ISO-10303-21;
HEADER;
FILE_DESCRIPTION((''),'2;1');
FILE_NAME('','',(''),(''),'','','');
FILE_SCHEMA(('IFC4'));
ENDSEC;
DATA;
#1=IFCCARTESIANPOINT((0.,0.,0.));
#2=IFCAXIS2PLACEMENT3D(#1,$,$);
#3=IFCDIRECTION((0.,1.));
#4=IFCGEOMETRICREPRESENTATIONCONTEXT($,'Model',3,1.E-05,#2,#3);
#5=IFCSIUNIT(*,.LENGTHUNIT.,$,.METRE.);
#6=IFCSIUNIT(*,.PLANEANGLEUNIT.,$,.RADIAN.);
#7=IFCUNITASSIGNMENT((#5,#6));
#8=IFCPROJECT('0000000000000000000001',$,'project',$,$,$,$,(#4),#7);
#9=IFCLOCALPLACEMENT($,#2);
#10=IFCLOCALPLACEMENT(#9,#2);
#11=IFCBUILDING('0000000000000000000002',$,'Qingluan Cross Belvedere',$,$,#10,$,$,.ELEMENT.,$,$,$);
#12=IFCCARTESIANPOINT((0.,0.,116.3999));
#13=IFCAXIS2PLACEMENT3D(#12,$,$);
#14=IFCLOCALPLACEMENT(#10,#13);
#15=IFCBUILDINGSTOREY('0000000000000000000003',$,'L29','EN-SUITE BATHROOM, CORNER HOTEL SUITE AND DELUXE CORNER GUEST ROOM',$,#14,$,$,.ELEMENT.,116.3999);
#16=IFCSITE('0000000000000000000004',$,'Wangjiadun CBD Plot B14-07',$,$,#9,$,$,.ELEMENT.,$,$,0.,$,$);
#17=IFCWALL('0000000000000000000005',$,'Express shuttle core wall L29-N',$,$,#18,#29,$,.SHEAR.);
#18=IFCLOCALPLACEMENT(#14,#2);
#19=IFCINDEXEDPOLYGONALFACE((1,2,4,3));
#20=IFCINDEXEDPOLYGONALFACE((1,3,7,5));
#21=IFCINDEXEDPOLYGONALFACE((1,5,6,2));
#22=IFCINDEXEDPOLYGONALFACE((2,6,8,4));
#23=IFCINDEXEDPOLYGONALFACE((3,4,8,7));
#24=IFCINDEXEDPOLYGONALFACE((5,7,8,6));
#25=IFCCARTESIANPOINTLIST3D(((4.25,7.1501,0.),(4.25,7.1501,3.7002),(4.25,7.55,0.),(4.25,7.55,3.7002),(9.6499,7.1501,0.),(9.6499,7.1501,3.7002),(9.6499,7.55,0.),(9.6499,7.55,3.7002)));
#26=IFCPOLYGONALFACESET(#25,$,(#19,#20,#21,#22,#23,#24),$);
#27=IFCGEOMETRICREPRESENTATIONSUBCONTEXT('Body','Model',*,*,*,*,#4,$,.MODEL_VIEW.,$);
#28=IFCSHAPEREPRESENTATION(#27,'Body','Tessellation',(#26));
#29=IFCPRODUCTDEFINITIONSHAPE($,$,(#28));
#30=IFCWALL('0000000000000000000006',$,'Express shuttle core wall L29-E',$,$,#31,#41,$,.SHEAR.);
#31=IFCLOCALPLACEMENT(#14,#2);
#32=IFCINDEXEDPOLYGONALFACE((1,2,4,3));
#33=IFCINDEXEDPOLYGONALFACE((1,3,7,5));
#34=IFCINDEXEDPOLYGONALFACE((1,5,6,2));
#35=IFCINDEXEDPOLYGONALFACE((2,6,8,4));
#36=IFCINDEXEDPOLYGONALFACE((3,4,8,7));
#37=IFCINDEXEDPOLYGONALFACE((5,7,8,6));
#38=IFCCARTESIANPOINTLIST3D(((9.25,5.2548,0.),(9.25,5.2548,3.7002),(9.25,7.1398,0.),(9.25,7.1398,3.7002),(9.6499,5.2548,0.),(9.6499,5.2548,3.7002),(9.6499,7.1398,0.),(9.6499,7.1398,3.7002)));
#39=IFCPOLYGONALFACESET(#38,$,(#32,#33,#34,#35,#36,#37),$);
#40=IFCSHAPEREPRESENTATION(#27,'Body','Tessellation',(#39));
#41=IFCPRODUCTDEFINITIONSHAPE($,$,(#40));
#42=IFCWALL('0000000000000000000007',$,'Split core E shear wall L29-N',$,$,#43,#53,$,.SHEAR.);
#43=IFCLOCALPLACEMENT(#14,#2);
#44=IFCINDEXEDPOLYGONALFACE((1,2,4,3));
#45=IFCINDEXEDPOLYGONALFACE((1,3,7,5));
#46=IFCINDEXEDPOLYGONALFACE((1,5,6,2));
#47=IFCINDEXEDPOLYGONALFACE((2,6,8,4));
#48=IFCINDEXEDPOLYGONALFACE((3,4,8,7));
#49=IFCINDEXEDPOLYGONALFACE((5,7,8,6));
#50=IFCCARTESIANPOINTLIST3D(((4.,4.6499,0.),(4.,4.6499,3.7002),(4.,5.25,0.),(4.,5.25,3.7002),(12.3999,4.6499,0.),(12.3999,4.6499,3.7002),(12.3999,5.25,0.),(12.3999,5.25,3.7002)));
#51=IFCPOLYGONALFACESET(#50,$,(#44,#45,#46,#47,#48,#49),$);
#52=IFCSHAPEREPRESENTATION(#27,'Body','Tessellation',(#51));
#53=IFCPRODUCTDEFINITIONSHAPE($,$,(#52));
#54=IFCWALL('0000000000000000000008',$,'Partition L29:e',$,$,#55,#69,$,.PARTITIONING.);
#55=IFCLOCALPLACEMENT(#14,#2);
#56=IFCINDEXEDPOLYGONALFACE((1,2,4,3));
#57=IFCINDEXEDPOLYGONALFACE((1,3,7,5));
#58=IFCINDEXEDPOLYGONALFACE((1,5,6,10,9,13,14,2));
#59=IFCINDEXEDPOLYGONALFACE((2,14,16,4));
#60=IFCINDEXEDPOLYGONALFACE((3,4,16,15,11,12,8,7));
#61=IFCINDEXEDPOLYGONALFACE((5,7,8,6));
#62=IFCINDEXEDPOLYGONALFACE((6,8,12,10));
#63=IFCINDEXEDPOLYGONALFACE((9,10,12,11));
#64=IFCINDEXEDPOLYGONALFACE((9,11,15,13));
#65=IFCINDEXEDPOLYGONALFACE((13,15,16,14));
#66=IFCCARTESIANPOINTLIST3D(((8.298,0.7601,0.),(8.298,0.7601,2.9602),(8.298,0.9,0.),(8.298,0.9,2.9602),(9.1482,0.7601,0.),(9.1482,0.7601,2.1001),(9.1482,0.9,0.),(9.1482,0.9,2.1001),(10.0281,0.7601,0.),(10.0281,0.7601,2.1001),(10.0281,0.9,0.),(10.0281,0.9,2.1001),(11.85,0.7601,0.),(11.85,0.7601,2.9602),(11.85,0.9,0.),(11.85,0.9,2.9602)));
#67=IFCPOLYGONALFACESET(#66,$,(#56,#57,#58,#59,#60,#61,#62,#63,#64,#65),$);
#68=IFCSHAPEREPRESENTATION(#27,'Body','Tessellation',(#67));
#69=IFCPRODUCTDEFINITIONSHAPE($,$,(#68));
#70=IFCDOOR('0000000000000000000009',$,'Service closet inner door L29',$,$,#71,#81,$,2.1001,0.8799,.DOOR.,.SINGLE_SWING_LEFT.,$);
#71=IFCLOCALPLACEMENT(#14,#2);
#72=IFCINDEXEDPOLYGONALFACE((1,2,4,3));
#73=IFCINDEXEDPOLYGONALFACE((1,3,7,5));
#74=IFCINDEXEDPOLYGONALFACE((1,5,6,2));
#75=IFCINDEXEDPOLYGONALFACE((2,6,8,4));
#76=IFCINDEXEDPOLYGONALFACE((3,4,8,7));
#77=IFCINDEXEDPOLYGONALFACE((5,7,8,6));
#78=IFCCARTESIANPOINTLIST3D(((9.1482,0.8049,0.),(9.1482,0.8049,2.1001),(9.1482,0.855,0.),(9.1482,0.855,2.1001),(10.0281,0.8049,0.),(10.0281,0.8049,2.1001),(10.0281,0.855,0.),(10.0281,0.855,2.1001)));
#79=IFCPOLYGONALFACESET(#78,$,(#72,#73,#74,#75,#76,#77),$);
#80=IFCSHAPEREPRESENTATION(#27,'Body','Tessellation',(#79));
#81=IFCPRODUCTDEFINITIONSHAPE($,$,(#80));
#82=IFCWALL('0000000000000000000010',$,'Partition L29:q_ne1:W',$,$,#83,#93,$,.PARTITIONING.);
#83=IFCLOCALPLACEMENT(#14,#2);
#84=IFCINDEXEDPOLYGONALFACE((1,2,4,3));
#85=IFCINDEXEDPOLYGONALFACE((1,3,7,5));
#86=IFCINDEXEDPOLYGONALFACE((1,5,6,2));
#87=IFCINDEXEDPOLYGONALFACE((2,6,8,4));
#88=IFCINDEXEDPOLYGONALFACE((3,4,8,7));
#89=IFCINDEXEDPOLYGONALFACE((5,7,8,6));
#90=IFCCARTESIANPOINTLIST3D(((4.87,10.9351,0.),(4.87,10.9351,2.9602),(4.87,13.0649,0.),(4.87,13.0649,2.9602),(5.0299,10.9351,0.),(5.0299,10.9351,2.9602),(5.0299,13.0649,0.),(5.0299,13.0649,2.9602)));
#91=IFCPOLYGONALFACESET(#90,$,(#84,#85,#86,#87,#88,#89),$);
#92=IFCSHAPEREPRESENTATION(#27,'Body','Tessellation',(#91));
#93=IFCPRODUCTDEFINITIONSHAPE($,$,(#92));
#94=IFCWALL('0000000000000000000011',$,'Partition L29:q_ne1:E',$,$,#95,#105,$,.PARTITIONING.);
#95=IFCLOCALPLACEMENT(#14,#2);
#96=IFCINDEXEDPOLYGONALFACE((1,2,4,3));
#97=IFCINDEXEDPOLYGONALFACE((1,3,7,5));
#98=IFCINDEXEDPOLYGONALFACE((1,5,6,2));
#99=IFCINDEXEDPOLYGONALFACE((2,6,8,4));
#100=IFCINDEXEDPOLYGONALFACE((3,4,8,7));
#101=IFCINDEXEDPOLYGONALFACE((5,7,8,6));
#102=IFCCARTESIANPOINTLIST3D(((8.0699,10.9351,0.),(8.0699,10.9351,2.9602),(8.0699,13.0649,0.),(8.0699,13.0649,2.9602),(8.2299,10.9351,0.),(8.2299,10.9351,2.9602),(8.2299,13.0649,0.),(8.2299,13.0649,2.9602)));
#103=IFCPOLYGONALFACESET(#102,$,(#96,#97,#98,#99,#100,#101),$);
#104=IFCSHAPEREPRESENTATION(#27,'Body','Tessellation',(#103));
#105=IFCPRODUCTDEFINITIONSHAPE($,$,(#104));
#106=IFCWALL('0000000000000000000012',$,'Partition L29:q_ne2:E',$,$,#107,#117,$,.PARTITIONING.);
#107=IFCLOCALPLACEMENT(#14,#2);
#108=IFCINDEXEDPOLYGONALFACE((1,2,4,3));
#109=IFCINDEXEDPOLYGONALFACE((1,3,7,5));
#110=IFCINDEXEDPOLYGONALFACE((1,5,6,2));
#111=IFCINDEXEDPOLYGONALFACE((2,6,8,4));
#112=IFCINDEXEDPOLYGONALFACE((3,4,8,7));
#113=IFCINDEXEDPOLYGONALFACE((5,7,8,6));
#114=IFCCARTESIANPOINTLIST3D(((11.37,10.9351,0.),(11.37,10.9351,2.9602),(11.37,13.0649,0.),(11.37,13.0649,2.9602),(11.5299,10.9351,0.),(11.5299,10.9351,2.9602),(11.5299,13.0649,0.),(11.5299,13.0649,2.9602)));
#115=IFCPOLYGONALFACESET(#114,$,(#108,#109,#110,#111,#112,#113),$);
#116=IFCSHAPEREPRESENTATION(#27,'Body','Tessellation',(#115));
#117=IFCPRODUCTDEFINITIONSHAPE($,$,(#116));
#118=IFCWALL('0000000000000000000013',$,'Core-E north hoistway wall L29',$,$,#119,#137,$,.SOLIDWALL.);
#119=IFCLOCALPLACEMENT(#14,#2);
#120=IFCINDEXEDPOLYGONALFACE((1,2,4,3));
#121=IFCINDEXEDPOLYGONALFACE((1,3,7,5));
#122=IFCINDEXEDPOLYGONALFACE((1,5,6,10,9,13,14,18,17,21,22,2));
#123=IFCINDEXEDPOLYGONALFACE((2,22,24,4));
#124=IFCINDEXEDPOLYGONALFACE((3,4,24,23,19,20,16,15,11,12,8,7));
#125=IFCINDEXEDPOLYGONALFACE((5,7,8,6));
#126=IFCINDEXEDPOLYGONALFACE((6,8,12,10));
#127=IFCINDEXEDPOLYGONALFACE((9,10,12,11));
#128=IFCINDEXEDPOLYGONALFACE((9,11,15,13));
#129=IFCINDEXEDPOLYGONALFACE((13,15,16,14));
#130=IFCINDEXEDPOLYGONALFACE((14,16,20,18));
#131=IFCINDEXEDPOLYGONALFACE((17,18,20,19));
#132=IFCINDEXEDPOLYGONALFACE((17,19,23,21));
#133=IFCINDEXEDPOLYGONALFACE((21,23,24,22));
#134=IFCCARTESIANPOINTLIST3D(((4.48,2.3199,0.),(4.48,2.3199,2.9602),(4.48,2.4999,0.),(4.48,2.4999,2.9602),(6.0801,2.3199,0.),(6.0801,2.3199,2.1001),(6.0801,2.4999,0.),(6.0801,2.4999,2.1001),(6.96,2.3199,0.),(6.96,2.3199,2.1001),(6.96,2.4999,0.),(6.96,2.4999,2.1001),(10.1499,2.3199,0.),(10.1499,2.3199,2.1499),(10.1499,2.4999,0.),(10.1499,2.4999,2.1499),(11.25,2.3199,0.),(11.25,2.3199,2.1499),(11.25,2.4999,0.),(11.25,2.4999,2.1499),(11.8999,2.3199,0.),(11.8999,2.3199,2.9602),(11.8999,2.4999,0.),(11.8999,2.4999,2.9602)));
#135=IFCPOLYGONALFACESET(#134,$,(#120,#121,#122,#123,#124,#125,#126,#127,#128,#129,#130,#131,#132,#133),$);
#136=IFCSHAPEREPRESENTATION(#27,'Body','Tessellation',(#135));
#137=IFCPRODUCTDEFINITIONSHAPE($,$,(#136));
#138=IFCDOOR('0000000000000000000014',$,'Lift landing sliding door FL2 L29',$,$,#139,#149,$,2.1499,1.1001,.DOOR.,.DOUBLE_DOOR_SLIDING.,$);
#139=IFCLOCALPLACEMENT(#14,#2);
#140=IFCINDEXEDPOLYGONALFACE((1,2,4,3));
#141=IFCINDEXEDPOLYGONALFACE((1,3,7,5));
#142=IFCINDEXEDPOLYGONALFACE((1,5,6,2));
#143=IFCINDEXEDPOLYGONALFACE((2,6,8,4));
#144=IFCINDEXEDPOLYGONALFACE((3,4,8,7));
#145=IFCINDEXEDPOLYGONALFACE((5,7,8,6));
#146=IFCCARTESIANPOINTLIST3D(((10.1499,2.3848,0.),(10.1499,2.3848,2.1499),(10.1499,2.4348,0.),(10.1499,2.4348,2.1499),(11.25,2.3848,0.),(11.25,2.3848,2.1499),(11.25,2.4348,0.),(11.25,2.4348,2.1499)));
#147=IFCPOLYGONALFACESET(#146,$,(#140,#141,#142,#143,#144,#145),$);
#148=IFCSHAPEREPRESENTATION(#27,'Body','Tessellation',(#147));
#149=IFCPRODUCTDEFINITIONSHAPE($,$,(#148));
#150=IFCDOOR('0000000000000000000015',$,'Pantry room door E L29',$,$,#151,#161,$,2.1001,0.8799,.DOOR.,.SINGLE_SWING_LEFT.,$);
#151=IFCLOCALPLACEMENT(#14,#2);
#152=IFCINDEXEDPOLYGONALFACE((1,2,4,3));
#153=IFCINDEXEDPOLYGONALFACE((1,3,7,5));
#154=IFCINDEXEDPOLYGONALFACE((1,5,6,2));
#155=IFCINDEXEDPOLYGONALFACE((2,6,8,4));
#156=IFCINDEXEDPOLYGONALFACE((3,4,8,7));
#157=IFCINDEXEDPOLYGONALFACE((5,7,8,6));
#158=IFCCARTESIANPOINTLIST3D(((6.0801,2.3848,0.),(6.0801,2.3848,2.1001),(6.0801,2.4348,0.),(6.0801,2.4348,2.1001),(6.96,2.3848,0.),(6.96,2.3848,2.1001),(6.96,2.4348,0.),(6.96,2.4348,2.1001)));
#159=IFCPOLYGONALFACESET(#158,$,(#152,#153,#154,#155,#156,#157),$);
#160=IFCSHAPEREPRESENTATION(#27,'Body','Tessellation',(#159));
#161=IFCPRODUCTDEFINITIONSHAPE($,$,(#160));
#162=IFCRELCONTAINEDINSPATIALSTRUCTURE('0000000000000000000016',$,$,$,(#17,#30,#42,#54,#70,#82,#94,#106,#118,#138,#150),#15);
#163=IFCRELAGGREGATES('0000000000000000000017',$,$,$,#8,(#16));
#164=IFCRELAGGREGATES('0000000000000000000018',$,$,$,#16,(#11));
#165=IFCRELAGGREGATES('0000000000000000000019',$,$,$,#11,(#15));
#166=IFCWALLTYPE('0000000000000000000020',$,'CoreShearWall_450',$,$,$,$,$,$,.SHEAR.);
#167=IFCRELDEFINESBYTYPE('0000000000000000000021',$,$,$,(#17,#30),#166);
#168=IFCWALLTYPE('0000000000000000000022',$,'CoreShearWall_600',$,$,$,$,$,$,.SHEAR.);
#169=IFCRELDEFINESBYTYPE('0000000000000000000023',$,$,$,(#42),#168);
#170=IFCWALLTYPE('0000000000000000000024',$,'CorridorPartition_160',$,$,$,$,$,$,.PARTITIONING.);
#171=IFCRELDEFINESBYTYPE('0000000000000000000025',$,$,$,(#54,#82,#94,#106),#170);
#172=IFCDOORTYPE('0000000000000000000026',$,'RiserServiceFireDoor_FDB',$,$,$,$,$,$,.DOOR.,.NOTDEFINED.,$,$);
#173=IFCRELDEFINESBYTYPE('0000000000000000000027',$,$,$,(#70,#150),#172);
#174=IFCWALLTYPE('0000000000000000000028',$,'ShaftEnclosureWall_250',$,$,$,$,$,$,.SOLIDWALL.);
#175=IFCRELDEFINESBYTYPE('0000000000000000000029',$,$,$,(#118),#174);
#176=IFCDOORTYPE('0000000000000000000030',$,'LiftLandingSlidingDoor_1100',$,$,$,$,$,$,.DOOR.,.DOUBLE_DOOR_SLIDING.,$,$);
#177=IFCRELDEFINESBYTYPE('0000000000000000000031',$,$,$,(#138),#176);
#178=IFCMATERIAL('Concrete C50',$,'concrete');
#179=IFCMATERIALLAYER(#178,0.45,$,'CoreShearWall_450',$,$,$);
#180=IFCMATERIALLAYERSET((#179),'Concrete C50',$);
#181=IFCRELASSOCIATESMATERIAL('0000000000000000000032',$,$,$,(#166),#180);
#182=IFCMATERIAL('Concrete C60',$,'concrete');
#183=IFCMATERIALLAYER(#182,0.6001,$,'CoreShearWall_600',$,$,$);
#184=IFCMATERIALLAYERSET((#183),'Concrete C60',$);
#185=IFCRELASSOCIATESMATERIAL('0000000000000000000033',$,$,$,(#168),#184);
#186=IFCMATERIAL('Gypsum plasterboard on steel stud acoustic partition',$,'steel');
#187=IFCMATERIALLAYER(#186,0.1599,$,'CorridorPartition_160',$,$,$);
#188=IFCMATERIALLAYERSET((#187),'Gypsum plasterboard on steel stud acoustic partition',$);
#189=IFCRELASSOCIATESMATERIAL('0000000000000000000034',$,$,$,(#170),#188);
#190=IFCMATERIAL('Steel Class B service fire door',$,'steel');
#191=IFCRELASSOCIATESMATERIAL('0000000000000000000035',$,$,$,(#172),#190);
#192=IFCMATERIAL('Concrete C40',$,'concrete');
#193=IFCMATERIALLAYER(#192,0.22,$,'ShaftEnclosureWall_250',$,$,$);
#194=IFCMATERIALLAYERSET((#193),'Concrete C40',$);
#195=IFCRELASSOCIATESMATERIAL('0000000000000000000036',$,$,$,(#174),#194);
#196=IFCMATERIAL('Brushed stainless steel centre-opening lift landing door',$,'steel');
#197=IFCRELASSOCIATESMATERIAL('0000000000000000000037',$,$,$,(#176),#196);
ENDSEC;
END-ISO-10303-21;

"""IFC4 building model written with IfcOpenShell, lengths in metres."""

from ifc_helpers import new_model, si_unit, direction, frame, frame_2d, origin, place, context, subcontext, project, spatial, rectangle, extrude, material, layer, layer_set, type_object, element, fill, save


model = new_model("IFC4")

# Units and contexts
model_context = context("Model", 3, precision=1e-05, world=origin(), true_north=direction((0.0, 1.0)))
body_context = subcontext(model_context, "Body", "Model", "MODEL_VIEW")
ifc_project = project(units=[si_unit("LENGTHUNIT", "METRE"), si_unit("PLANEANGLEUNIT", "RADIAN")], contexts=[model_context])

# Site, building, storey
site_placement = place(None, origin())
site = spatial("IfcSite", under=ifc_project, at=site_placement, Name="Wangjiadun CBD Plot B14-07", CompositionType="ELEMENT", RefElevation=0.0)
building_placement = place(site_placement, origin())
building = spatial("IfcBuilding", under=site, at=building_placement, Name="Qingluan Cross Belvedere", CompositionType="ELEMENT")
storey_placement = place(building_placement, frame((0.0, 0.0, 116.3999)))
storey = spatial("IfcBuildingStorey", under=building, at=storey_placement, Name="L29", Description="EN-SUITE BATHROOM, CORNER HOTEL SUITE AND DELUXE CORNER GUEST ROOM", CompositionType="ELEMENT", Elevation=116.3999)

# Walls
ifc_material_1 = material(Name="Concrete C50", Category="concrete")
ifc_layer_1 = layer(ifc_material_1, 0.45, Name="CoreShearWall_450")
ifc_layer_set_1 = layer_set([ifc_layer_1], Name="Concrete C50")
wall_type_1 = type_object("IfcWallType", Name="CoreShearWall_450", PredefinedType="SHEAR", material=ifc_layer_set_1)
wall_1_placement = place(storey_placement, frame((4.25, 7.3501, 0.0), z_axis=(0.0, 0.0, 1.0), x_axis=(1.0, 0.0, 0.0)))
element("IfcWall", 1, at=wall_1_placement, inside=storey, type_object=wall_type_1, Name="Express shuttle core wall L29-N", PredefinedType="SHEAR", context=body_context, shape_type="SweptSolid", body=[
    extrude(rectangle(XDim=5.3999, YDim=0.3999, at=frame_2d((2.7, 0.0))), origin(), (0.0, 0.0, 1.0), 3.7002),
])
wall_2_placement = place(storey_placement, frame((9.45, 5.2549, 0.0), z_axis=(0.0, 0.0, 1.0), x_axis=(0.0, 1.0, 0.0)))
element("IfcWall", 2, at=wall_2_placement, inside=storey, type_object=wall_type_1, Name="Express shuttle core wall L29-E", PredefinedType="SHEAR", context=body_context, shape_type="SweptSolid", body=[
    extrude(rectangle(XDim=1.885, YDim=0.3999, at=frame_2d((0.9424, 0.0))), origin(), (0.0, 0.0, 1.0), 3.7002),
])
ifc_material_2 = material(Name="Concrete C60", Category="concrete")
ifc_layer_2 = layer(ifc_material_2, 0.6001, Name="CoreShearWall_600")
ifc_layer_set_2 = layer_set([ifc_layer_2], Name="Concrete C60")
wall_type_2 = type_object("IfcWallType", Name="CoreShearWall_600", PredefinedType="SHEAR", material=ifc_layer_set_2)
wall_3_placement = place(storey_placement, frame((4.0, 4.95, 0.0), z_axis=(0.0, 0.0, 1.0), x_axis=(1.0, 0.0, 0.0)))
element("IfcWall", 3, at=wall_3_placement, inside=storey, type_object=wall_type_2, Name="Split core E shear wall L29-N", PredefinedType="SHEAR", context=body_context, shape_type="SweptSolid", body=[
    extrude(rectangle(XDim=8.3999, YDim=0.6001, at=frame_2d((4.2, 0.0))), origin(), (0.0, 0.0, 1.0), 3.7002),
])

# Wall, opening, door
ifc_material_3 = material(Name="Gypsum plasterboard on steel stud acoustic partition", Category="steel")
ifc_layer_3 = layer(ifc_material_3, 0.1599, Name="CorridorPartition_160")
ifc_layer_set_3 = layer_set([ifc_layer_3], Name="Gypsum plasterboard on steel stud acoustic partition")
wall_type_3 = type_object("IfcWallType", Name="CorridorPartition_160", PredefinedType="PARTITIONING", material=ifc_layer_set_3)
wall_4_placement = place(storey_placement, frame((8.2981, 0.8301, 0.0), z_axis=(0.0, 0.0, 1.0), x_axis=(1.0, 0.0, 0.0)))
wall_4 = element("IfcWall", 4, at=wall_4_placement, inside=storey, type_object=wall_type_3, Name="Partition L29:e", PredefinedType="PARTITIONING", context=body_context, shape_type="SweptSolid", body=[
    extrude(rectangle(XDim=3.552, YDim=0.1399, at=frame_2d((1.7759, 0.0))), origin(), (0.0, 0.0, 1.0), 2.9602),
])
opening_1_placement = place(wall_4_placement, frame((0.8501, 0.0, 0.0)))
opening_1 = element("IfcOpeningElement", 5, at=opening_1_placement, cuts=wall_4, PredefinedType="OPENING", context=body_context, shape_type="SweptSolid", body=[
    extrude(rectangle(XDim=0.8799, YDim=2.1001, at=frame_2d((0.4399, 1.05))), frame((0.0, 0.0798, 0.0), z_axis=(0.0, -1.0, 0.0), x_axis=(1.0, 0.0, 0.0)), (0.0, 0.0, 1.0), 0.1599),
])
ifc_material_4 = material(Name="Steel Class B service fire door", Category="steel")
door_type_1 = type_object("IfcDoorType", Name="RiserServiceFireDoor_FDB", OperationType="NOTDEFINED", PredefinedType="DOOR", material=ifc_material_4)
door_1_placement = place(opening_1_placement, origin())
door_1 = element("IfcDoor", 6, at=door_1_placement, inside=storey, type_object=door_type_1, Name="Service closet inner door L29", OperationType="SINGLE_SWING_LEFT", OverallHeight=2.1001, OverallWidth=0.8799, PredefinedType="DOOR", context=body_context, shape_type="SweptSolid", body=[
    extrude(rectangle(XDim=0.8799, YDim=2.1001, at=frame_2d((0.4399, 1.05))), frame((0.0, 0.0249, 0.0), z_axis=(0.0, -1.0, 0.0), x_axis=(1.0, 0.0, 0.0)), (0.0, 0.0, 1.0), 0.05),
])
fill(opening_1, door_1)

# Walls
for number, where, z_axis, x_axis, name in (
    (7, (4.95, 10.9351, 0.0), (0.0, 0.0, 1.0), (0.0, 1.0, 0.0), "Partition L29:q_ne1:W"),
    (8, (8.1499, 10.9351, 0.0), (0.0, 0.0, 1.0), (0.0, 1.0, 0.0), "Partition L29:q_ne1:E"),
):
    element("IfcWall", number, at=place(storey_placement, frame(where, z_axis=z_axis, x_axis=x_axis)), inside=storey, type_object=wall_type_3, Name=name, PredefinedType="PARTITIONING", context=body_context, shape_type="SweptSolid", body=[
        extrude(rectangle(XDim=2.1299, YDim=0.1599, at=frame_2d((1.0649, 0.0))), origin(), (0.0, 0.0, 1.0), 2.9602),
    ])

# Wall
wall_5_placement = place(storey_placement, frame((11.45, 10.9351, 0.0), z_axis=(0.0, 0.0, 1.0), x_axis=(0.0, 1.0, 0.0)))
element("IfcWall", 9, at=wall_5_placement, inside=storey, type_object=wall_type_3, Name="Partition L29:q_ne2:E", PredefinedType="PARTITIONING", context=body_context, shape_type="SweptSolid", body=[
    extrude(rectangle(XDim=2.1299, YDim=0.1599, at=frame_2d((1.0649, 0.0))), origin(), (0.0, 0.0, 1.0), 2.9602),
])

# Wall, openings, doors
ifc_material_5 = material(Name="Concrete C40", Category="concrete")
ifc_layer_4 = layer(ifc_material_5, 0.22, Name="ShaftEnclosureWall_250")
ifc_layer_set_4 = layer_set([ifc_layer_4], Name="Concrete C40")
wall_type_4 = type_object("IfcWallType", Name="ShaftEnclosureWall_250", PredefinedType="SOLIDWALL", material=ifc_layer_set_4)
wall_6_placement = place(storey_placement, frame((4.48, 2.4099, 0.0), z_axis=(0.0, 0.0, 1.0), x_axis=(1.0, 0.0, 0.0)))
wall_6 = element("IfcWall", 10, at=wall_6_placement, inside=storey, type_object=wall_type_4, Name="Core-E north hoistway wall L29", PredefinedType="SOLIDWALL", context=body_context, shape_type="SweptSolid", body=[
    extrude(rectangle(XDim=7.4199, YDim=0.1799, at=frame_2d((3.71, 0.0))), origin(), (0.0, 0.0, 1.0), 2.9602),
])
opening_2_placement = place(wall_6_placement, frame((5.6699, 0.0, 0.0)))
opening_2 = element("IfcOpeningElement", 11, at=opening_2_placement, cuts=wall_6, PredefinedType="OPENING", context=body_context, shape_type="SweptSolid", body=[
    extrude(rectangle(XDim=1.1001, YDim=2.1499, at=frame_2d((0.55, 1.075))), frame((0.0, 0.0999, 0.0), z_axis=(0.0, -1.0, 0.0), x_axis=(1.0, 0.0, 0.0)), (0.0, 0.0, 1.0), 0.2),
])
opening_3_placement = place(wall_6_placement, frame((1.6001, 0.0, 0.0)))
opening_3 = element("IfcOpeningElement", 12, at=opening_3_placement, cuts=wall_6, PredefinedType="OPENING", context=body_context, shape_type="SweptSolid", body=[
    extrude(rectangle(XDim=0.8799, YDim=2.1001, at=frame_2d((0.4399, 1.05))), frame((0.0, 0.0999, 0.0), z_axis=(0.0, -1.0, 0.0), x_axis=(1.0, 0.0, 0.0)), (0.0, 0.0, 1.0), 0.2),
])
ifc_material_6 = material(Name="Brushed stainless steel centre-opening lift landing door", Category="steel")
door_type_2 = type_object("IfcDoorType", Name="LiftLandingSlidingDoor_1100", OperationType="DOUBLE_DOOR_SLIDING", PredefinedType="DOOR", material=ifc_material_6)
door_2_placement = place(opening_2_placement, origin())
door_2 = element("IfcDoor", 13, at=door_2_placement, inside=storey, type_object=door_type_2, Name="Lift landing sliding door FL2 L29", OperationType="DOUBLE_DOOR_SLIDING", OverallHeight=2.1499, OverallWidth=1.1001, PredefinedType="DOOR", context=body_context, shape_type="SweptSolid", body=[
    extrude(rectangle(XDim=1.1001, YDim=2.1499, at=frame_2d((0.55, 1.075))), frame((0.0, 0.0249, 0.0), z_axis=(0.0, -1.0, 0.0), x_axis=(1.0, 0.0, 0.0)), (0.0, 0.0, 1.0), 0.05),
])
fill(opening_2, door_2)
door_3_placement = place(opening_3_placement, origin())
door_3 = element("IfcDoor", 14, at=door_3_placement, inside=storey, type_object=door_type_1, Name="Pantry room door E L29", OperationType="SINGLE_SWING_LEFT", OverallHeight=2.1001, OverallWidth=0.8799, PredefinedType="DOOR", context=body_context, shape_type="SweptSolid", body=[
    extrude(rectangle(XDim=0.8799, YDim=2.1001, at=frame_2d((0.4399, 1.05))), frame((0.0, 0.0249, 0.0), z_axis=(0.0, -1.0, 0.0), x_axis=(1.0, 0.0, 0.0)), (0.0, 0.0, 1.0), 0.05),
])
fill(opening_3, door_3)

save(model, "model.ifc")
